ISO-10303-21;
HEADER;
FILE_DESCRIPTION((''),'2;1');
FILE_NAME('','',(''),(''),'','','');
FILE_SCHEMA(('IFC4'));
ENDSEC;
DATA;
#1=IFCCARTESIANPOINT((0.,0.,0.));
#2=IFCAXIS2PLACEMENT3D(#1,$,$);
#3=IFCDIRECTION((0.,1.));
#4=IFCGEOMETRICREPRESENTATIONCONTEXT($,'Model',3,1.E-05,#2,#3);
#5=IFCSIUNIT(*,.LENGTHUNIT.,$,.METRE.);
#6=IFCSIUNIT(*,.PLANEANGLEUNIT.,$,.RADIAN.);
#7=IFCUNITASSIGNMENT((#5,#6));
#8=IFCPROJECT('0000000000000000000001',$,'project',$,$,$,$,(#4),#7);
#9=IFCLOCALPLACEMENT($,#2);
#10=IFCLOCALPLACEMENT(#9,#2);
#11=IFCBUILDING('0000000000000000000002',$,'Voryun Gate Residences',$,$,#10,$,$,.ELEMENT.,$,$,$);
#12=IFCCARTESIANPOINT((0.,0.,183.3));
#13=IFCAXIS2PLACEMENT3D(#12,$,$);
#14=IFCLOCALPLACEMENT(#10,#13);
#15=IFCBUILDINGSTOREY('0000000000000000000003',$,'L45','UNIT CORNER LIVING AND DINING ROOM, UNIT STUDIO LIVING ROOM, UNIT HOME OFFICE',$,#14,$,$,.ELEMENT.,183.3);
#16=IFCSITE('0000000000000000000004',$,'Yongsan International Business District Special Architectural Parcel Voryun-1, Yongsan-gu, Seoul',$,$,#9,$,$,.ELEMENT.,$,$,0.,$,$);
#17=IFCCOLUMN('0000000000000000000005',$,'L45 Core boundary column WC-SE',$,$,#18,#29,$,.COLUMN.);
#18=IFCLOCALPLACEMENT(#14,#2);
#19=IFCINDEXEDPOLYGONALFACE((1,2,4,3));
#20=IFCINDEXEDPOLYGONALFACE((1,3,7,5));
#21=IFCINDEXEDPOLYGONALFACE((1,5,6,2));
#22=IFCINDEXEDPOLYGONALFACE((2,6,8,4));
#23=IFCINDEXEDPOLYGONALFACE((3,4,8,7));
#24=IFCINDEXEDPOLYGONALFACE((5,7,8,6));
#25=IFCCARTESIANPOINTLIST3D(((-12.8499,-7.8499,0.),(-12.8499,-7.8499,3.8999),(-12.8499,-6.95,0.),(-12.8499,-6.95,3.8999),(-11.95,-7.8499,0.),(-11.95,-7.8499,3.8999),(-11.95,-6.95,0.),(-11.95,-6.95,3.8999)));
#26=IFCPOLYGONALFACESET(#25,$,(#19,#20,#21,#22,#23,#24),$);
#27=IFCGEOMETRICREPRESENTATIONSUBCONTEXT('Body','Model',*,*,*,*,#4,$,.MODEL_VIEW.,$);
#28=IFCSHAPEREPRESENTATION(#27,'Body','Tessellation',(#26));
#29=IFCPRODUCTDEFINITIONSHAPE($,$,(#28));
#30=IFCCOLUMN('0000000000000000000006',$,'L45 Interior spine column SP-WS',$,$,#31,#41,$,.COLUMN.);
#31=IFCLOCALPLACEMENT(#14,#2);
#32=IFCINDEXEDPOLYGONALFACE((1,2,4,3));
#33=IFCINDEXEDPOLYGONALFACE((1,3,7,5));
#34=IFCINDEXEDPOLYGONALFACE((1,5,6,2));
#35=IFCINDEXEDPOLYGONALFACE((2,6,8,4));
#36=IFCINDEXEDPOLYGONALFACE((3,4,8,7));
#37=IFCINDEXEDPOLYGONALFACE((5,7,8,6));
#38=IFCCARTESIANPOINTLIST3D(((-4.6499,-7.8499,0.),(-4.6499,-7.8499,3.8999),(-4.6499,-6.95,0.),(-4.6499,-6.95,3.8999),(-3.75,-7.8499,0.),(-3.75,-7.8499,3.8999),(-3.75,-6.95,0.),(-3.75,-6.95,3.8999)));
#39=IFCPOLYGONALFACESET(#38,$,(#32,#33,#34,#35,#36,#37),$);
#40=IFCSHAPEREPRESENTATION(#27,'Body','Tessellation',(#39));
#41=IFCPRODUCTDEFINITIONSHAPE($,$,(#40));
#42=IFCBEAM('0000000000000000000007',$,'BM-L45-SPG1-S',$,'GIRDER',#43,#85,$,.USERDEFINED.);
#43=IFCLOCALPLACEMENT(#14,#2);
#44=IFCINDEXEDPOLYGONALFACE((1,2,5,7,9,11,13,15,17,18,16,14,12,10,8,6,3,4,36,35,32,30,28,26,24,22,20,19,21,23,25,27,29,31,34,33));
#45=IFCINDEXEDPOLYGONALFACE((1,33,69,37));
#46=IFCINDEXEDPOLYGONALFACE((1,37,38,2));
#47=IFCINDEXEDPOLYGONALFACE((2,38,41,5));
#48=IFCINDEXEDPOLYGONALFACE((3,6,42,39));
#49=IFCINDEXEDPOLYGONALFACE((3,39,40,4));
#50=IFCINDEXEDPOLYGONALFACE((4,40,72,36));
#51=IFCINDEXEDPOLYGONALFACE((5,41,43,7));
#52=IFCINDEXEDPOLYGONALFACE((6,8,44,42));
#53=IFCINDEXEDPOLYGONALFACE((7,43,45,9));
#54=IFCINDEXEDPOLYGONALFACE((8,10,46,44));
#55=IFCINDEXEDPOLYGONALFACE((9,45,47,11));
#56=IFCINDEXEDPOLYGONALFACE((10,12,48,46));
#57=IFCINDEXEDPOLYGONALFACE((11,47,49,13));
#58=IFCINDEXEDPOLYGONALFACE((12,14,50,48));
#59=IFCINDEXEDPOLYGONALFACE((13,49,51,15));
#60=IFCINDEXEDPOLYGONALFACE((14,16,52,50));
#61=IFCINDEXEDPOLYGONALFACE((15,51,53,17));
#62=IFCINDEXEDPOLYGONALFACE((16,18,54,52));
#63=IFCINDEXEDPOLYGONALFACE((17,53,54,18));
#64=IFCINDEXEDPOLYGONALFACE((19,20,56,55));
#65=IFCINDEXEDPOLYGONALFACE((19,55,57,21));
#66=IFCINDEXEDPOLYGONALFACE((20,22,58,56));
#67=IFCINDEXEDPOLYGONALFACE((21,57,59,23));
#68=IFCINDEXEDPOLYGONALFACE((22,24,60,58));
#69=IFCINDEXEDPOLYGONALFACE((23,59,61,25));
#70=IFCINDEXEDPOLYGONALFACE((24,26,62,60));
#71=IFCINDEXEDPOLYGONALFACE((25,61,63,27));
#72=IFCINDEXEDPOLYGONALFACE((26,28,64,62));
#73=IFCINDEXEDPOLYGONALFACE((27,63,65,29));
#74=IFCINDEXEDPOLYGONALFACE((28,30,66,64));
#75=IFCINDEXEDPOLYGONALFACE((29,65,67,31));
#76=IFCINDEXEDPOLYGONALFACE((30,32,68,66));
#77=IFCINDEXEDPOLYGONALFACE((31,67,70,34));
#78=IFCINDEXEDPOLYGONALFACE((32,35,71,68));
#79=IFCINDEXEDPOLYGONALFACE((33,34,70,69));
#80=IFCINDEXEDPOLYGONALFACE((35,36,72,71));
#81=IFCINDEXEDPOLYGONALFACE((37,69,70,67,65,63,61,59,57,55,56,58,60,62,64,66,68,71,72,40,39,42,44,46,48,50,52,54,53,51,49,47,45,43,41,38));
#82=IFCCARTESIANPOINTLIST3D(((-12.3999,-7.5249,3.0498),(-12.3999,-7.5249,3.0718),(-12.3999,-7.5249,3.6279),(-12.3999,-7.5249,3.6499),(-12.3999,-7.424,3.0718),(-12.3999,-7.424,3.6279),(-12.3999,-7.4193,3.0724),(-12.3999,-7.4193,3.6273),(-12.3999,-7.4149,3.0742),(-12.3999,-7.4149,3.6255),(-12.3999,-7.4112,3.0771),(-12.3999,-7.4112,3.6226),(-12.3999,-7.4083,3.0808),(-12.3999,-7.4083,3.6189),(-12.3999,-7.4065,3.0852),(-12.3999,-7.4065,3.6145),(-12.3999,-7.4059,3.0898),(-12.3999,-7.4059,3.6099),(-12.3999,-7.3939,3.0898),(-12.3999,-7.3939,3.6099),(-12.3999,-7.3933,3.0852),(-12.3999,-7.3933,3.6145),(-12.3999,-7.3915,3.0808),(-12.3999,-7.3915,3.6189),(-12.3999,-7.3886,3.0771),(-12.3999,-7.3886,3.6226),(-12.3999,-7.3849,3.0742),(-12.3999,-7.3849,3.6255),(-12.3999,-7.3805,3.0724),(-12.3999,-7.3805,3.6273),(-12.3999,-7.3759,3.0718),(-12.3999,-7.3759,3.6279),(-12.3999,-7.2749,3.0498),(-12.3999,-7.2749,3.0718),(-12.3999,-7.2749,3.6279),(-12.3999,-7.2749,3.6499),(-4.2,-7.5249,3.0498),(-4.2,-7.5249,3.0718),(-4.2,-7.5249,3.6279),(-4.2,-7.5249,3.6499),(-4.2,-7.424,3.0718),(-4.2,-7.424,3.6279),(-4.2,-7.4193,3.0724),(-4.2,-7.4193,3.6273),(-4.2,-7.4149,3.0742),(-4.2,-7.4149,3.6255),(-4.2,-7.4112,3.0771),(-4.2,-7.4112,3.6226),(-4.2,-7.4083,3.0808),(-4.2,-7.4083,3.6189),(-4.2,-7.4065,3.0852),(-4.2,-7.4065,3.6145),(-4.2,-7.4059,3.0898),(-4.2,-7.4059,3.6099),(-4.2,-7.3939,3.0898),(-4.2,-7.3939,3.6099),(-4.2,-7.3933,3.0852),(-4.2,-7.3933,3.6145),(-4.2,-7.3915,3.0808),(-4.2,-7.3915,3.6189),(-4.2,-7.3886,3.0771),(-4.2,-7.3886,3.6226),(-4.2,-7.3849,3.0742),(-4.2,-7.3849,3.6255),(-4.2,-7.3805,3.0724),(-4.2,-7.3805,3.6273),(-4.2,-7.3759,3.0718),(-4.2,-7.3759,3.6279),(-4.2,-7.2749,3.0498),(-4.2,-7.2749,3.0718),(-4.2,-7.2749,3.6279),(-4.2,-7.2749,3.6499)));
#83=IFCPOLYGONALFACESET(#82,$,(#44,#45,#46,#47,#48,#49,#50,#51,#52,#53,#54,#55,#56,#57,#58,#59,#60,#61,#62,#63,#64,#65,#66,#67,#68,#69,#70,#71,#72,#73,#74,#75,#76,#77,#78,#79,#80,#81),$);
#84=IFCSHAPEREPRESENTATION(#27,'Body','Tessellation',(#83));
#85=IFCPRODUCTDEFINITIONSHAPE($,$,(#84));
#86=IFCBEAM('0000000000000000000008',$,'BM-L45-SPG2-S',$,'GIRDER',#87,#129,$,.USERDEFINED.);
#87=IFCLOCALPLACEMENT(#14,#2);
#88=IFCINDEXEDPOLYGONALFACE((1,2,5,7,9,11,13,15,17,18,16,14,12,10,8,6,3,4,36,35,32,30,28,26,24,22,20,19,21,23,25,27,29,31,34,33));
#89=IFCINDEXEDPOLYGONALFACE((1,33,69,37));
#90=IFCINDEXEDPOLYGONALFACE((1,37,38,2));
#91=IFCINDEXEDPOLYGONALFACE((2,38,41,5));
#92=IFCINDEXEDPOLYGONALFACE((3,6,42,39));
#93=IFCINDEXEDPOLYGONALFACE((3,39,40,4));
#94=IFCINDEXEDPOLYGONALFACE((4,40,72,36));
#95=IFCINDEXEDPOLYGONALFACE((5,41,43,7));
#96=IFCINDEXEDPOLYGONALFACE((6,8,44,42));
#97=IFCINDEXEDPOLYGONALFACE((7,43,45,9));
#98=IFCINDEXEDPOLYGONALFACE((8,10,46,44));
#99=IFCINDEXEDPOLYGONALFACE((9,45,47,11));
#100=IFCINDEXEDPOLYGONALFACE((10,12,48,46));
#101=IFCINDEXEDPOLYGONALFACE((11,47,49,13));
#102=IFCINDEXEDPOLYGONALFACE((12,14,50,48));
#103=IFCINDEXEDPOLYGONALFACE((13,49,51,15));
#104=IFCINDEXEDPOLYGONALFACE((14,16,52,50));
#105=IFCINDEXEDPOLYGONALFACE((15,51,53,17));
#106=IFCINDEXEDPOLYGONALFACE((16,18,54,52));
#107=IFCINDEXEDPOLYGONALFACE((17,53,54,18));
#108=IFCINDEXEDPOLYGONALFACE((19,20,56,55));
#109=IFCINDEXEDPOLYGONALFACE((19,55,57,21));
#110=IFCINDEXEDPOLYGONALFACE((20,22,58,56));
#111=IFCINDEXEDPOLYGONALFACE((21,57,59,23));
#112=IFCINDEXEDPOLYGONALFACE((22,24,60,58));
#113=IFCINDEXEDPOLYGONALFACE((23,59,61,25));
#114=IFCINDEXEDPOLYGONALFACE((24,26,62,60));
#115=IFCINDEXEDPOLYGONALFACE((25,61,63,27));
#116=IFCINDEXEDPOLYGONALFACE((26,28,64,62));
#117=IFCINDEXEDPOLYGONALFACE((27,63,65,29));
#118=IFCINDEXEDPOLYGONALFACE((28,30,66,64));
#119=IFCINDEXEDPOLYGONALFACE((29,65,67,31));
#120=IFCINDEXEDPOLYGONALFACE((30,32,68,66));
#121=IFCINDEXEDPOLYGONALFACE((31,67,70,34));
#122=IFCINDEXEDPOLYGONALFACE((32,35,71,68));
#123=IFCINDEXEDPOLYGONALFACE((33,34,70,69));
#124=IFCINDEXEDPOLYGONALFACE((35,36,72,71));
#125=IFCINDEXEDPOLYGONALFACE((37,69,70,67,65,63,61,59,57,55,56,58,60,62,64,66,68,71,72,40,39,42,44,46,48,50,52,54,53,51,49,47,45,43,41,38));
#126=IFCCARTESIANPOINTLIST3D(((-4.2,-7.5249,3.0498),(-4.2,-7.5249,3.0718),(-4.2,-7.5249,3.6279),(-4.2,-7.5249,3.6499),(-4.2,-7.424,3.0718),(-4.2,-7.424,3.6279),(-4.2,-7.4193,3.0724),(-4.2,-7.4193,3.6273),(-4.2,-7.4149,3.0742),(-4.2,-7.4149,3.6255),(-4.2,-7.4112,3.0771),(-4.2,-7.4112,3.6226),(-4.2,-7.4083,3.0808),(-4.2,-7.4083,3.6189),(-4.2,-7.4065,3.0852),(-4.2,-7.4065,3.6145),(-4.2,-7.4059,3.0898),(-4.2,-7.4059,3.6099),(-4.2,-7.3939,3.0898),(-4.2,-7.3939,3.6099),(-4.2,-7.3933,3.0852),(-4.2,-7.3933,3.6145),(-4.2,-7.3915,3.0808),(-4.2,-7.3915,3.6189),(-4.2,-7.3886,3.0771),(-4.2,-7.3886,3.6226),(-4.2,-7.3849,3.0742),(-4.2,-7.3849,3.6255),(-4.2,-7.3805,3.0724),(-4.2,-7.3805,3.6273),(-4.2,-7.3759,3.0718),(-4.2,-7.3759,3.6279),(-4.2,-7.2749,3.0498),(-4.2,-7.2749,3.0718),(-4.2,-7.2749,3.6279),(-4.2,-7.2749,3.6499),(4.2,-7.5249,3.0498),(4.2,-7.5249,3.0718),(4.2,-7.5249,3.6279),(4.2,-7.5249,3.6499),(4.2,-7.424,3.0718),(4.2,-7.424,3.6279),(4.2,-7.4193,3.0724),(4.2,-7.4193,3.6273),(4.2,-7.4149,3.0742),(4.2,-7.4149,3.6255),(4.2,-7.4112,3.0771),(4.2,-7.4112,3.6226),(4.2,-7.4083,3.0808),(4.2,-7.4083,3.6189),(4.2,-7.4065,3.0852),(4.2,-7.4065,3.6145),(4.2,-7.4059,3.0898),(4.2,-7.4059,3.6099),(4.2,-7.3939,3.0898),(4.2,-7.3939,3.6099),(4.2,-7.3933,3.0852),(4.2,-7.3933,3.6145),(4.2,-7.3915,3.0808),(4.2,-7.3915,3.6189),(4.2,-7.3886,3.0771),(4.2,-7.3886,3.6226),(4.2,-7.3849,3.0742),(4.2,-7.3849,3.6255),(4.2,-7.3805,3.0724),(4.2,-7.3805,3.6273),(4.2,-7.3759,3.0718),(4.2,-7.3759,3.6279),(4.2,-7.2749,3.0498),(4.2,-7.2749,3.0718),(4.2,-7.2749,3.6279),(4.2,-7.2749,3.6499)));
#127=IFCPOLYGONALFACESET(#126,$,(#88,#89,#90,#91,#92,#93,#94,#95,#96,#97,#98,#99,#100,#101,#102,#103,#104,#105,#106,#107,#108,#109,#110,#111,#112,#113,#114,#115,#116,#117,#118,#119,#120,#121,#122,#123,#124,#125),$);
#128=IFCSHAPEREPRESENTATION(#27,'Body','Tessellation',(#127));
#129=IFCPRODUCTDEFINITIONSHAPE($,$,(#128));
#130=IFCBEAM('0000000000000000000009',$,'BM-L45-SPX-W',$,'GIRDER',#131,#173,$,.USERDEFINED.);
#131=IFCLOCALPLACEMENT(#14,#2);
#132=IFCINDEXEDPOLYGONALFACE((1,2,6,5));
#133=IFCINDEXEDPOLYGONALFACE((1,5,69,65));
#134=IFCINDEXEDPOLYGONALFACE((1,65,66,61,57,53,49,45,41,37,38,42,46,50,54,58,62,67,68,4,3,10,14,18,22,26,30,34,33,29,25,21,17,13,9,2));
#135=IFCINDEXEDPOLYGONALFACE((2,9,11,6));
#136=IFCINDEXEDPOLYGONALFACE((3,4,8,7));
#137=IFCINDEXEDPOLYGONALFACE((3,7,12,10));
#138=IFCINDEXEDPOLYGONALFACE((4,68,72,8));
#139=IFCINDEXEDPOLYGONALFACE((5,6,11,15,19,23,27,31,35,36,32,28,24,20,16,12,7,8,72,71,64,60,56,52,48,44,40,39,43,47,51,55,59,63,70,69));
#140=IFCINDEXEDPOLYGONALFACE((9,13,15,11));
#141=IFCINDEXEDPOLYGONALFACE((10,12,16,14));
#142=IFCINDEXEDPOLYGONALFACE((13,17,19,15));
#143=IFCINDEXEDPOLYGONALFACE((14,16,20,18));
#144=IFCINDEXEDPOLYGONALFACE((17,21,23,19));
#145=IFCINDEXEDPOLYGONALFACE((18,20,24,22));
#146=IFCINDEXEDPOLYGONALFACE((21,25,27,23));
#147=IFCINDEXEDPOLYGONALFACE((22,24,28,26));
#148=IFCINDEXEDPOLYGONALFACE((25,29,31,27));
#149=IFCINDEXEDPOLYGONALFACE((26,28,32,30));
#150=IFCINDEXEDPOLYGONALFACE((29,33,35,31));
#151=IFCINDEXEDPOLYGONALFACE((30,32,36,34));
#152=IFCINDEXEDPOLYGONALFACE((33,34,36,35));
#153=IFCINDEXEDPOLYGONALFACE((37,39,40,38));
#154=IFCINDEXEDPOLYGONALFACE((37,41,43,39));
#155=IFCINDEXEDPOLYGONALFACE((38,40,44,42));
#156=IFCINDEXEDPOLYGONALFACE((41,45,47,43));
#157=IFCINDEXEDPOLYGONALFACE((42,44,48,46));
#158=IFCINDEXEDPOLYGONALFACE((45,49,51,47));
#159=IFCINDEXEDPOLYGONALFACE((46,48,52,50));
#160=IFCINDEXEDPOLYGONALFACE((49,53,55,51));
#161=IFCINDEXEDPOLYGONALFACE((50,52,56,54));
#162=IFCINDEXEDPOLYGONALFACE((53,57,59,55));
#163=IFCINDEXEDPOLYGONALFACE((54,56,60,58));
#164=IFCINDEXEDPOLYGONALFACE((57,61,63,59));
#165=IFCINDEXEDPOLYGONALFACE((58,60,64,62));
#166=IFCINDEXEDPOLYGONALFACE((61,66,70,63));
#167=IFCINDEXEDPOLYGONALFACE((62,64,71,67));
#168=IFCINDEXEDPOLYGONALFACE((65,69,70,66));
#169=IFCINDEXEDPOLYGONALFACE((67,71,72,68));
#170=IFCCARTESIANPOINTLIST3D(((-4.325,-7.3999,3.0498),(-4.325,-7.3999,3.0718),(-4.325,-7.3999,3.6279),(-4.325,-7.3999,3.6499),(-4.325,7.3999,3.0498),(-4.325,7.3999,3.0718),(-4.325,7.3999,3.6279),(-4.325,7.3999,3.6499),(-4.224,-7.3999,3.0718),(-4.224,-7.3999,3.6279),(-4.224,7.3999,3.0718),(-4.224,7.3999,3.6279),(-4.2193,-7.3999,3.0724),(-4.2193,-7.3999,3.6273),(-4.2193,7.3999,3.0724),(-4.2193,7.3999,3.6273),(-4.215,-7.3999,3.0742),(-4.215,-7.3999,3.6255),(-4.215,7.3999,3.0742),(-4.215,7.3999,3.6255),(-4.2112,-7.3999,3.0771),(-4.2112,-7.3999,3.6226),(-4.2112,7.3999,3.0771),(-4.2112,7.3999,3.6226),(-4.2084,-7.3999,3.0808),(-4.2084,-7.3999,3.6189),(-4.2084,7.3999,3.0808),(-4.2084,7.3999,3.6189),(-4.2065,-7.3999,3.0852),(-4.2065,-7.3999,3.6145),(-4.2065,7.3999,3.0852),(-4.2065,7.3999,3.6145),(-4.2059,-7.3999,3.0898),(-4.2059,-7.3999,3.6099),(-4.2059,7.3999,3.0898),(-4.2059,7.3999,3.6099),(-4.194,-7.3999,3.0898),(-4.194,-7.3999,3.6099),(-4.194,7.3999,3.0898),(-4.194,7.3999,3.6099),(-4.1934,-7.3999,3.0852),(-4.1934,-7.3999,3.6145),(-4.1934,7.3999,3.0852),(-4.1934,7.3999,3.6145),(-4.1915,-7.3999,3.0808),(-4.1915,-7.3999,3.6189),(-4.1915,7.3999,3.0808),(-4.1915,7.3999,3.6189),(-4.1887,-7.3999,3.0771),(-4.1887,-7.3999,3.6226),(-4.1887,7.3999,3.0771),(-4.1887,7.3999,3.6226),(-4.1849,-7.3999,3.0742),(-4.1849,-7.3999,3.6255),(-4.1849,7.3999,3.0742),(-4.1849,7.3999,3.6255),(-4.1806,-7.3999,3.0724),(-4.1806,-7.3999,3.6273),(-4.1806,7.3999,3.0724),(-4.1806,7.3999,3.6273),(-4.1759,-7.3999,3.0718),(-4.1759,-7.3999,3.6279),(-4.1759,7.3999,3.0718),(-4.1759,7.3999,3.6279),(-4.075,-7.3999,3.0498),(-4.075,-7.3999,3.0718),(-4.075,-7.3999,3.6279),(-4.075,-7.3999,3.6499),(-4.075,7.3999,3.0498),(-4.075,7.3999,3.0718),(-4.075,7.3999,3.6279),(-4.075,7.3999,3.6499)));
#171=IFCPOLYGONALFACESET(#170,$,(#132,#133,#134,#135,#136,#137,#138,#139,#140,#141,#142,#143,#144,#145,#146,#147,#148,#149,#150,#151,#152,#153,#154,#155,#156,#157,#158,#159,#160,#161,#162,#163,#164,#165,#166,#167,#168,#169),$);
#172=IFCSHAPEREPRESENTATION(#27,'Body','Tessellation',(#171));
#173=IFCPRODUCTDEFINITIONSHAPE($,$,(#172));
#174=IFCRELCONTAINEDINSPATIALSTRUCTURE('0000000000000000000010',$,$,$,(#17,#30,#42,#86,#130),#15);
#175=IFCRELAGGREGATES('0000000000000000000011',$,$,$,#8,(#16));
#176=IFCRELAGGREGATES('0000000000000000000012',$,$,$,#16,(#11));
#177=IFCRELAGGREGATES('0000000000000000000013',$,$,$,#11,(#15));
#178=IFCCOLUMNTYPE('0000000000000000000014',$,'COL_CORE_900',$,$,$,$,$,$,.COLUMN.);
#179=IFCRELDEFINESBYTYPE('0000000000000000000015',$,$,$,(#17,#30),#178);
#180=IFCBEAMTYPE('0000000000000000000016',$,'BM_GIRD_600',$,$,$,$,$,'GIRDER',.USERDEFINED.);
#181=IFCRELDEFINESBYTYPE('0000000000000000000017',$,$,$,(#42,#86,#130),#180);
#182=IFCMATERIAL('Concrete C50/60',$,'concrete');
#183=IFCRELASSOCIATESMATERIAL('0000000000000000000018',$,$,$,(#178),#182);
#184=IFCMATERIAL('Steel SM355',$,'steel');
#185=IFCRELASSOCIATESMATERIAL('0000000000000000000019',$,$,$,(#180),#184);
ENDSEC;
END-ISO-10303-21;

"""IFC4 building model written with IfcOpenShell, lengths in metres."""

from ifc_helpers import new_model, si_unit, direction, frame, origin, origin_2d, place, context, subcontext, project, spatial, rectangle, i_section, extrude, material, material_profile, profile_set, type_object, element, save


model = new_model("IFC4")

# Units and contexts
model_context = context("Model", 3, precision=1e-05, world=origin(), true_north=direction((0.0, 1.0)))
body_context = subcontext(model_context, "Body", "Model", "MODEL_VIEW")
ifc_project = project(units=[si_unit("LENGTHUNIT", "METRE"), si_unit("PLANEANGLEUNIT", "RADIAN")], contexts=[model_context])

# Site, building, storey
site_placement = place(None, origin())
site = spatial("IfcSite", under=ifc_project, at=site_placement, Name="Yongsan International Business District Special Architectural Parcel Voryun-1, Yongsan-gu, Seoul", CompositionType="ELEMENT", RefElevation=0.0)
building_placement = place(site_placement, origin())
building = spatial("IfcBuilding", under=site, at=building_placement, Name="Voryun Gate Residences", CompositionType="ELEMENT")
storey_placement = place(building_placement, frame((0.0, 0.0, 183.3)))
storey = spatial("IfcBuildingStorey", under=building, at=storey_placement, Name="L45", Description="UNIT CORNER LIVING AND DINING ROOM, UNIT STUDIO LIVING ROOM, UNIT HOME OFFICE", CompositionType="ELEMENT", Elevation=183.3)

# Columns
ifc_material_1 = material(Name="Concrete C50/60", Category="concrete")
ifc_material_profile_1 = material_profile(ifc_material_1, rectangle(XDim=0.8999, YDim=0.8999, at=origin_2d()), Name="RC-900x900")
ifc_profile_set_1 = profile_set([ifc_material_profile_1], Name="Concrete C50/60")
column_type = type_object("IfcColumnType", Name="COL_CORE_900", PredefinedType="COLUMN", material=ifc_profile_set_1)
for number, where, z_axis, x_axis, name in (
    (1, (-12.3999, -7.3999, 0.0), (0.0, 0.0, 1.0), (1.0, 0.0, 0.0), "L45 Core boundary column WC-SE"),
    (2, (-4.2, -7.3999, 0.0), (0.0, 0.0, 1.0), (1.0, 0.0, 0.0), "L45 Interior spine column SP-WS"),
):
    element("IfcColumn", number, at=place(storey_placement, frame(where, z_axis=z_axis, x_axis=x_axis)), inside=storey, type_object=column_type, Name=name, PredefinedType="COLUMN", context=body_context, shape_type="SweptSolid", body=[
        extrude(rectangle(XDim=0.8999, YDim=0.8999, at=origin_2d()), origin(), (0.0, 0.0, 1.0), 3.8999),
    ])

# Beams
ifc_material_2 = material(Name="Steel SM355", Category="steel")
ifc_material_profile_2 = material_profile(ifc_material_2, i_section(OverallWidth=0.25, OverallDepth=0.6001, WebThickness=0.012, FlangeThickness=0.022, FilletRadius=0.0181, at=origin_2d()), Name="H-600x250x12x22")
ifc_profile_set_2 = profile_set([ifc_material_profile_2], Name="Steel SM355")
beam_type_1 = type_object("IfcBeamType", Name="BM_GIRD_600", ElementType="GIRDER", PredefinedType="USERDEFINED", material=ifc_profile_set_2)
beam_1_placement = place(storey_placement, frame((-12.3999, -7.3999, 3.3499), z_axis=(1.0, 0.0, 0.0), x_axis=(0.0, 1.0, 0.0)))
element("IfcBeam", 3, at=beam_1_placement, inside=storey, type_object=beam_type_1, Name="BM-L45-SPG1-S", ObjectType="GIRDER", PredefinedType="USERDEFINED", context=body_context, shape_type="SweptSolid", body=[
    extrude(i_section(OverallWidth=0.25, OverallDepth=0.6001, WebThickness=0.012, FlangeThickness=0.022, FilletRadius=0.0181, at=origin_2d()), origin(), (0.0, 0.0, 1.0), 8.2),
])
beam_2_placement = place(storey_placement, frame((-4.2, -7.3999, 3.3499), z_axis=(1.0, 0.0, 0.0), x_axis=(0.0, 1.0, 0.0)))
element("IfcBeam", 4, at=beam_2_placement, inside=storey, type_object=beam_type_1, Name="BM-L45-SPG2-S", ObjectType="GIRDER", PredefinedType="USERDEFINED", context=body_context, shape_type="SweptSolid", body=[
    extrude(i_section(OverallWidth=0.25, OverallDepth=0.6001, WebThickness=0.012, FlangeThickness=0.022, FilletRadius=0.0181, at=origin_2d()), origin(), (0.0, 0.0, 1.0), 8.3999),
])
beam_3_placement = place(storey_placement, frame((-4.2, -7.3999, 3.3499), z_axis=(0.0, 1.0, 0.0), x_axis=(-1.0, 0.0, 0.0)))
element("IfcBeam", 5, at=beam_3_placement, inside=storey, type_object=beam_type_1, Name="BM-L45-SPX-W", ObjectType="GIRDER", PredefinedType="USERDEFINED", context=body_context, shape_type="SweptSolid", body=[
    extrude(i_section(OverallWidth=0.25, OverallDepth=0.6001, WebThickness=0.012, FlangeThickness=0.022, FilletRadius=0.0181, at=origin_2d()), origin(), (0.0, 0.0, 1.0), 14.7998),
])

save(model, "model.ifc")
